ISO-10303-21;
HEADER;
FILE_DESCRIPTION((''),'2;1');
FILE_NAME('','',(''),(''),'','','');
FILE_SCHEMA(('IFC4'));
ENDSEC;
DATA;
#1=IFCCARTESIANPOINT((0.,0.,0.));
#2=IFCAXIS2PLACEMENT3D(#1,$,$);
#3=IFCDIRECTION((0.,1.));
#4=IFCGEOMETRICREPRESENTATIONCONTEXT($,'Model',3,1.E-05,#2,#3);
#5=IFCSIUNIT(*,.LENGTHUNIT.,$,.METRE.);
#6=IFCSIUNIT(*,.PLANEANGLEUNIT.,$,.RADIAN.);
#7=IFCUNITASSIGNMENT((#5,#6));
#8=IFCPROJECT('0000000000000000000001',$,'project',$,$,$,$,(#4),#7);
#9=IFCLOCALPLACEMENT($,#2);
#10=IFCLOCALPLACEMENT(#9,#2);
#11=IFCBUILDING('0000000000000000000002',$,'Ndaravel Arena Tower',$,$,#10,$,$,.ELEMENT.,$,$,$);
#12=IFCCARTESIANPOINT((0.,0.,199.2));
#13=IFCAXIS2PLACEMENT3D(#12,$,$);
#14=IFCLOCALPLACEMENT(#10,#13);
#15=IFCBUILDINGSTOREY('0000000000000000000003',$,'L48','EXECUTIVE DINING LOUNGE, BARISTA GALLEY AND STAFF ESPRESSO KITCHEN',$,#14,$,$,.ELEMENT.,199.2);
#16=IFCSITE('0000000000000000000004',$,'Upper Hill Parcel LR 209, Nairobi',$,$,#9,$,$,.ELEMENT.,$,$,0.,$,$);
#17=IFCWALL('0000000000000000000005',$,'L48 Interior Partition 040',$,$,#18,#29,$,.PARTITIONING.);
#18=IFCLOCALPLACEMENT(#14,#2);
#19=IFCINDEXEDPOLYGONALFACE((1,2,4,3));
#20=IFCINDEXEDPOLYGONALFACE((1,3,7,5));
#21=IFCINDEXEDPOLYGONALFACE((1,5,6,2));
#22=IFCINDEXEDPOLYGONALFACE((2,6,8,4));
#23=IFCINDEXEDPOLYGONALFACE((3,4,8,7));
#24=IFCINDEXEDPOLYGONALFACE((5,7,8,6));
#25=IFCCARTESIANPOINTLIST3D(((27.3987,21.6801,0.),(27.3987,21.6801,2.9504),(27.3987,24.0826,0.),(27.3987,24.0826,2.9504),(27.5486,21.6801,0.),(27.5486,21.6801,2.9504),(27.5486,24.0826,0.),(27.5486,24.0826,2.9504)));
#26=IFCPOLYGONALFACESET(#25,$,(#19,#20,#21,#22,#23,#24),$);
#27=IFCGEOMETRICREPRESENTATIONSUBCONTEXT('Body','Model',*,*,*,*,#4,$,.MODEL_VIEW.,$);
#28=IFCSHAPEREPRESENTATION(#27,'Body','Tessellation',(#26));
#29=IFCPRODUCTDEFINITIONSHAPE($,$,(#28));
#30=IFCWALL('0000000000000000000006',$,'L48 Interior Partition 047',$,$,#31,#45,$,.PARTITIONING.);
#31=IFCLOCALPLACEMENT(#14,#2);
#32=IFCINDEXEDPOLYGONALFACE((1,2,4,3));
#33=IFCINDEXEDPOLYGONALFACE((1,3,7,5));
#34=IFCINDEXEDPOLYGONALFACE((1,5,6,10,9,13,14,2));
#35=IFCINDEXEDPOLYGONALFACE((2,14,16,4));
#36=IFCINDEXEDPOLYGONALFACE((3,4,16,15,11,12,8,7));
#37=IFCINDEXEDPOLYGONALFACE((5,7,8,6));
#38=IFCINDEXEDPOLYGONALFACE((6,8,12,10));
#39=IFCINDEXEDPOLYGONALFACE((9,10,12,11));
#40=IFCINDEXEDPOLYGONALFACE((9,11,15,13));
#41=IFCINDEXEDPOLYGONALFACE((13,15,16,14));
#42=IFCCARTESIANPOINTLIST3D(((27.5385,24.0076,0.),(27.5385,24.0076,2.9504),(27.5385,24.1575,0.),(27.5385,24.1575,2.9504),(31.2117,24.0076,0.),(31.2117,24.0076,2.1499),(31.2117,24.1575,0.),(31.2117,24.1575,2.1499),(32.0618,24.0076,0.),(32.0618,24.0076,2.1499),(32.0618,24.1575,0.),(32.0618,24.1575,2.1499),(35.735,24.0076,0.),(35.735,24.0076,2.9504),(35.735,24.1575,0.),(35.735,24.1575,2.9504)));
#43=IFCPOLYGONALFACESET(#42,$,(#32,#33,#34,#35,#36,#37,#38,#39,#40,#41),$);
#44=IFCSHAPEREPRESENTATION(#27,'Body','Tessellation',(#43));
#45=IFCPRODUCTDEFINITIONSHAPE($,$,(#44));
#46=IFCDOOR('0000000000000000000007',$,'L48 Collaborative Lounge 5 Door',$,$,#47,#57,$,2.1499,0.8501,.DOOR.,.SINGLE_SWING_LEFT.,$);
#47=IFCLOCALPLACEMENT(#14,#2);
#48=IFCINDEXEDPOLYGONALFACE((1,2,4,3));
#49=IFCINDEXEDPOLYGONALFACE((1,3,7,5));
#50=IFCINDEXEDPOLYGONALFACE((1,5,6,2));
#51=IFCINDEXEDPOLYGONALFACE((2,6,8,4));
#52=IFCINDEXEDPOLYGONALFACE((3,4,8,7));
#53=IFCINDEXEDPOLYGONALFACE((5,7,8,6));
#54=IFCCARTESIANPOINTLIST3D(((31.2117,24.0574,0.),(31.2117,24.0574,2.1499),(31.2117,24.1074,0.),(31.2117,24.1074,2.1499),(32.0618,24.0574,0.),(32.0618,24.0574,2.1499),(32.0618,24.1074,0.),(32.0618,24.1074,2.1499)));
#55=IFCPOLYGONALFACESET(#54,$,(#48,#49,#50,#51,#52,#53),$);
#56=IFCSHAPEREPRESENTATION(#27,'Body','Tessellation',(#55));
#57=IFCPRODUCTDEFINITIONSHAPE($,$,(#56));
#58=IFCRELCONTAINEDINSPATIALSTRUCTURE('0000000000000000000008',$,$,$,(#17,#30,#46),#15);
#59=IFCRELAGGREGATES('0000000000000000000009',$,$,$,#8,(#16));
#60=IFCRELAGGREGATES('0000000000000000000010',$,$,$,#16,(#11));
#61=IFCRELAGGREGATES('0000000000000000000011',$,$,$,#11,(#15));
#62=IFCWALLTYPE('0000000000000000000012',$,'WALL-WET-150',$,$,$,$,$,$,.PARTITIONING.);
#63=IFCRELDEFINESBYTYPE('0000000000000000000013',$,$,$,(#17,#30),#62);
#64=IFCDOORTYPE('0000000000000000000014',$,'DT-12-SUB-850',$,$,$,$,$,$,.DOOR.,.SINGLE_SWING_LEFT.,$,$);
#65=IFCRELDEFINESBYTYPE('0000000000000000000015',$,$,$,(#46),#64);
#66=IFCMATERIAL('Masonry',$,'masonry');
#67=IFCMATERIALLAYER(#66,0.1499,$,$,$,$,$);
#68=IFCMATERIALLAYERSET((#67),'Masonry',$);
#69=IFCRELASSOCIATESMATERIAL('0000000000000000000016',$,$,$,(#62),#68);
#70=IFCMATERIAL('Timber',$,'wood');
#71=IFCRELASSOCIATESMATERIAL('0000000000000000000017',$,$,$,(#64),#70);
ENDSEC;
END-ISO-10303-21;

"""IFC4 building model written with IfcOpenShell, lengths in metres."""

from ifc_helpers import new_model, si_unit, direction, frame, frame_2d, origin, place, context, subcontext, project, spatial, rectangle, extrude, material, layer, layer_set, type_object, element, fill, save


model = new_model("IFC4")

# Units and contexts
model_context = context("Model", 3, precision=1e-05, world=origin(), true_north=direction((0.0, 1.0)))
body_context = subcontext(model_context, "Body", "Model", "MODEL_VIEW")
ifc_project = project(units=[si_unit("LENGTHUNIT", "METRE"), si_unit("PLANEANGLEUNIT", "RADIAN")], contexts=[model_context])

# Site, building, storey
site_placement = place(None, origin())
site = spatial("IfcSite", under=ifc_project, at=site_placement, Name="Upper Hill Parcel LR 209, Nairobi", CompositionType="ELEMENT", RefElevation=0.0)
building_placement = place(site_placement, origin())
building = spatial("IfcBuilding", under=site, at=building_placement, Name="Ndaravel Arena Tower", CompositionType="ELEMENT")
storey_placement = place(building_placement, frame((0.0, 0.0, 199.2)))
storey = spatial("IfcBuildingStorey", under=building, at=storey_placement, Name="L48", Description="EXECUTIVE DINING LOUNGE, BARISTA GALLEY AND STAFF ESPRESSO KITCHEN", CompositionType="ELEMENT", Elevation=199.2)

# Wall
ifc_material_1 = material(Name="Masonry", Category="masonry")
ifc_layer_1 = layer(ifc_material_1, 0.1499)
ifc_layer_set_1 = layer_set([ifc_layer_1], Name="Masonry")
wall_type = type_object("IfcWallType", Name="WALL-WET-150", PredefinedType="PARTITIONING", material=ifc_layer_set_1)
wall_1_placement = place(storey_placement, frame((27.4736, 24.0825, 0.0), z_axis=(0.0, 0.0, 1.0), x_axis=(0.0, -1.0, 0.0)))
element("IfcWall", 1, at=wall_1_placement, inside=storey, type_object=wall_type, Name="L48 Interior Partition 040", PredefinedType="PARTITIONING", context=body_context, shape_type="SweptSolid", body=[
    extrude(rectangle(XDim=2.4026, YDim=0.1499, at=frame_2d((1.2012, 0.0))), origin(), (0.0, 0.0, 1.0), 2.9504),
])

# Wall, opening, door
wall_2_placement = place(storey_placement, frame((27.5386, 24.0825, 0.0), z_axis=(0.0, 0.0, 1.0), x_axis=(1.0, 0.0, 0.0)))
wall_2 = element("IfcWall", 2, at=wall_2_placement, inside=storey, type_object=wall_type, Name="L48 Interior Partition 047", PredefinedType="PARTITIONING", context=body_context, shape_type="SweptSolid", body=[
    extrude(rectangle(XDim=8.1965, YDim=0.1499, at=frame_2d((4.0981, 0.0))), origin(), (0.0, 0.0, 1.0), 2.9504),
])
opening_placement = place(wall_2_placement, frame((3.6731, 0.0, 0.0)))
opening = element("IfcOpeningElement", 3, at=opening_placement, cuts=wall_2, PredefinedType="OPENING", context=body_context, shape_type="SweptSolid", body=[
    extrude(rectangle(XDim=0.8501, YDim=2.1499, at=frame_2d((0.425, 1.075))), frame((0.0, 0.075, 0.0), z_axis=(0.0, -1.0, 0.0), x_axis=(1.0, 0.0, 0.0)), (0.0, 0.0, 1.0), 0.1499),
])
ifc_material_2 = material(Name="Timber", Category="wood")
door_type = type_object("IfcDoorType", Name="DT-12-SUB-850", OperationType="SINGLE_SWING_LEFT", PredefinedType="DOOR", material=ifc_material_2)
door_placement = place(opening_placement, origin())
door = element("IfcDoor", 4, at=door_placement, inside=storey, type_object=door_type, Name="L48 Collaborative Lounge 5 Door", OperationType="SINGLE_SWING_LEFT", OverallHeight=2.1499, OverallWidth=0.8501, PredefinedType="DOOR", context=body_context, shape_type="SweptSolid", body=[
    extrude(rectangle(XDim=0.8501, YDim=2.1499, at=frame_2d((0.425, 1.075))), frame((0.0, 0.0249, 0.0), z_axis=(0.0, -1.0, 0.0), x_axis=(1.0, 0.0, 0.0)), (0.0, 0.0, 1.0), 0.05),
])
fill(opening, door)

save(model, "model.ifc")
